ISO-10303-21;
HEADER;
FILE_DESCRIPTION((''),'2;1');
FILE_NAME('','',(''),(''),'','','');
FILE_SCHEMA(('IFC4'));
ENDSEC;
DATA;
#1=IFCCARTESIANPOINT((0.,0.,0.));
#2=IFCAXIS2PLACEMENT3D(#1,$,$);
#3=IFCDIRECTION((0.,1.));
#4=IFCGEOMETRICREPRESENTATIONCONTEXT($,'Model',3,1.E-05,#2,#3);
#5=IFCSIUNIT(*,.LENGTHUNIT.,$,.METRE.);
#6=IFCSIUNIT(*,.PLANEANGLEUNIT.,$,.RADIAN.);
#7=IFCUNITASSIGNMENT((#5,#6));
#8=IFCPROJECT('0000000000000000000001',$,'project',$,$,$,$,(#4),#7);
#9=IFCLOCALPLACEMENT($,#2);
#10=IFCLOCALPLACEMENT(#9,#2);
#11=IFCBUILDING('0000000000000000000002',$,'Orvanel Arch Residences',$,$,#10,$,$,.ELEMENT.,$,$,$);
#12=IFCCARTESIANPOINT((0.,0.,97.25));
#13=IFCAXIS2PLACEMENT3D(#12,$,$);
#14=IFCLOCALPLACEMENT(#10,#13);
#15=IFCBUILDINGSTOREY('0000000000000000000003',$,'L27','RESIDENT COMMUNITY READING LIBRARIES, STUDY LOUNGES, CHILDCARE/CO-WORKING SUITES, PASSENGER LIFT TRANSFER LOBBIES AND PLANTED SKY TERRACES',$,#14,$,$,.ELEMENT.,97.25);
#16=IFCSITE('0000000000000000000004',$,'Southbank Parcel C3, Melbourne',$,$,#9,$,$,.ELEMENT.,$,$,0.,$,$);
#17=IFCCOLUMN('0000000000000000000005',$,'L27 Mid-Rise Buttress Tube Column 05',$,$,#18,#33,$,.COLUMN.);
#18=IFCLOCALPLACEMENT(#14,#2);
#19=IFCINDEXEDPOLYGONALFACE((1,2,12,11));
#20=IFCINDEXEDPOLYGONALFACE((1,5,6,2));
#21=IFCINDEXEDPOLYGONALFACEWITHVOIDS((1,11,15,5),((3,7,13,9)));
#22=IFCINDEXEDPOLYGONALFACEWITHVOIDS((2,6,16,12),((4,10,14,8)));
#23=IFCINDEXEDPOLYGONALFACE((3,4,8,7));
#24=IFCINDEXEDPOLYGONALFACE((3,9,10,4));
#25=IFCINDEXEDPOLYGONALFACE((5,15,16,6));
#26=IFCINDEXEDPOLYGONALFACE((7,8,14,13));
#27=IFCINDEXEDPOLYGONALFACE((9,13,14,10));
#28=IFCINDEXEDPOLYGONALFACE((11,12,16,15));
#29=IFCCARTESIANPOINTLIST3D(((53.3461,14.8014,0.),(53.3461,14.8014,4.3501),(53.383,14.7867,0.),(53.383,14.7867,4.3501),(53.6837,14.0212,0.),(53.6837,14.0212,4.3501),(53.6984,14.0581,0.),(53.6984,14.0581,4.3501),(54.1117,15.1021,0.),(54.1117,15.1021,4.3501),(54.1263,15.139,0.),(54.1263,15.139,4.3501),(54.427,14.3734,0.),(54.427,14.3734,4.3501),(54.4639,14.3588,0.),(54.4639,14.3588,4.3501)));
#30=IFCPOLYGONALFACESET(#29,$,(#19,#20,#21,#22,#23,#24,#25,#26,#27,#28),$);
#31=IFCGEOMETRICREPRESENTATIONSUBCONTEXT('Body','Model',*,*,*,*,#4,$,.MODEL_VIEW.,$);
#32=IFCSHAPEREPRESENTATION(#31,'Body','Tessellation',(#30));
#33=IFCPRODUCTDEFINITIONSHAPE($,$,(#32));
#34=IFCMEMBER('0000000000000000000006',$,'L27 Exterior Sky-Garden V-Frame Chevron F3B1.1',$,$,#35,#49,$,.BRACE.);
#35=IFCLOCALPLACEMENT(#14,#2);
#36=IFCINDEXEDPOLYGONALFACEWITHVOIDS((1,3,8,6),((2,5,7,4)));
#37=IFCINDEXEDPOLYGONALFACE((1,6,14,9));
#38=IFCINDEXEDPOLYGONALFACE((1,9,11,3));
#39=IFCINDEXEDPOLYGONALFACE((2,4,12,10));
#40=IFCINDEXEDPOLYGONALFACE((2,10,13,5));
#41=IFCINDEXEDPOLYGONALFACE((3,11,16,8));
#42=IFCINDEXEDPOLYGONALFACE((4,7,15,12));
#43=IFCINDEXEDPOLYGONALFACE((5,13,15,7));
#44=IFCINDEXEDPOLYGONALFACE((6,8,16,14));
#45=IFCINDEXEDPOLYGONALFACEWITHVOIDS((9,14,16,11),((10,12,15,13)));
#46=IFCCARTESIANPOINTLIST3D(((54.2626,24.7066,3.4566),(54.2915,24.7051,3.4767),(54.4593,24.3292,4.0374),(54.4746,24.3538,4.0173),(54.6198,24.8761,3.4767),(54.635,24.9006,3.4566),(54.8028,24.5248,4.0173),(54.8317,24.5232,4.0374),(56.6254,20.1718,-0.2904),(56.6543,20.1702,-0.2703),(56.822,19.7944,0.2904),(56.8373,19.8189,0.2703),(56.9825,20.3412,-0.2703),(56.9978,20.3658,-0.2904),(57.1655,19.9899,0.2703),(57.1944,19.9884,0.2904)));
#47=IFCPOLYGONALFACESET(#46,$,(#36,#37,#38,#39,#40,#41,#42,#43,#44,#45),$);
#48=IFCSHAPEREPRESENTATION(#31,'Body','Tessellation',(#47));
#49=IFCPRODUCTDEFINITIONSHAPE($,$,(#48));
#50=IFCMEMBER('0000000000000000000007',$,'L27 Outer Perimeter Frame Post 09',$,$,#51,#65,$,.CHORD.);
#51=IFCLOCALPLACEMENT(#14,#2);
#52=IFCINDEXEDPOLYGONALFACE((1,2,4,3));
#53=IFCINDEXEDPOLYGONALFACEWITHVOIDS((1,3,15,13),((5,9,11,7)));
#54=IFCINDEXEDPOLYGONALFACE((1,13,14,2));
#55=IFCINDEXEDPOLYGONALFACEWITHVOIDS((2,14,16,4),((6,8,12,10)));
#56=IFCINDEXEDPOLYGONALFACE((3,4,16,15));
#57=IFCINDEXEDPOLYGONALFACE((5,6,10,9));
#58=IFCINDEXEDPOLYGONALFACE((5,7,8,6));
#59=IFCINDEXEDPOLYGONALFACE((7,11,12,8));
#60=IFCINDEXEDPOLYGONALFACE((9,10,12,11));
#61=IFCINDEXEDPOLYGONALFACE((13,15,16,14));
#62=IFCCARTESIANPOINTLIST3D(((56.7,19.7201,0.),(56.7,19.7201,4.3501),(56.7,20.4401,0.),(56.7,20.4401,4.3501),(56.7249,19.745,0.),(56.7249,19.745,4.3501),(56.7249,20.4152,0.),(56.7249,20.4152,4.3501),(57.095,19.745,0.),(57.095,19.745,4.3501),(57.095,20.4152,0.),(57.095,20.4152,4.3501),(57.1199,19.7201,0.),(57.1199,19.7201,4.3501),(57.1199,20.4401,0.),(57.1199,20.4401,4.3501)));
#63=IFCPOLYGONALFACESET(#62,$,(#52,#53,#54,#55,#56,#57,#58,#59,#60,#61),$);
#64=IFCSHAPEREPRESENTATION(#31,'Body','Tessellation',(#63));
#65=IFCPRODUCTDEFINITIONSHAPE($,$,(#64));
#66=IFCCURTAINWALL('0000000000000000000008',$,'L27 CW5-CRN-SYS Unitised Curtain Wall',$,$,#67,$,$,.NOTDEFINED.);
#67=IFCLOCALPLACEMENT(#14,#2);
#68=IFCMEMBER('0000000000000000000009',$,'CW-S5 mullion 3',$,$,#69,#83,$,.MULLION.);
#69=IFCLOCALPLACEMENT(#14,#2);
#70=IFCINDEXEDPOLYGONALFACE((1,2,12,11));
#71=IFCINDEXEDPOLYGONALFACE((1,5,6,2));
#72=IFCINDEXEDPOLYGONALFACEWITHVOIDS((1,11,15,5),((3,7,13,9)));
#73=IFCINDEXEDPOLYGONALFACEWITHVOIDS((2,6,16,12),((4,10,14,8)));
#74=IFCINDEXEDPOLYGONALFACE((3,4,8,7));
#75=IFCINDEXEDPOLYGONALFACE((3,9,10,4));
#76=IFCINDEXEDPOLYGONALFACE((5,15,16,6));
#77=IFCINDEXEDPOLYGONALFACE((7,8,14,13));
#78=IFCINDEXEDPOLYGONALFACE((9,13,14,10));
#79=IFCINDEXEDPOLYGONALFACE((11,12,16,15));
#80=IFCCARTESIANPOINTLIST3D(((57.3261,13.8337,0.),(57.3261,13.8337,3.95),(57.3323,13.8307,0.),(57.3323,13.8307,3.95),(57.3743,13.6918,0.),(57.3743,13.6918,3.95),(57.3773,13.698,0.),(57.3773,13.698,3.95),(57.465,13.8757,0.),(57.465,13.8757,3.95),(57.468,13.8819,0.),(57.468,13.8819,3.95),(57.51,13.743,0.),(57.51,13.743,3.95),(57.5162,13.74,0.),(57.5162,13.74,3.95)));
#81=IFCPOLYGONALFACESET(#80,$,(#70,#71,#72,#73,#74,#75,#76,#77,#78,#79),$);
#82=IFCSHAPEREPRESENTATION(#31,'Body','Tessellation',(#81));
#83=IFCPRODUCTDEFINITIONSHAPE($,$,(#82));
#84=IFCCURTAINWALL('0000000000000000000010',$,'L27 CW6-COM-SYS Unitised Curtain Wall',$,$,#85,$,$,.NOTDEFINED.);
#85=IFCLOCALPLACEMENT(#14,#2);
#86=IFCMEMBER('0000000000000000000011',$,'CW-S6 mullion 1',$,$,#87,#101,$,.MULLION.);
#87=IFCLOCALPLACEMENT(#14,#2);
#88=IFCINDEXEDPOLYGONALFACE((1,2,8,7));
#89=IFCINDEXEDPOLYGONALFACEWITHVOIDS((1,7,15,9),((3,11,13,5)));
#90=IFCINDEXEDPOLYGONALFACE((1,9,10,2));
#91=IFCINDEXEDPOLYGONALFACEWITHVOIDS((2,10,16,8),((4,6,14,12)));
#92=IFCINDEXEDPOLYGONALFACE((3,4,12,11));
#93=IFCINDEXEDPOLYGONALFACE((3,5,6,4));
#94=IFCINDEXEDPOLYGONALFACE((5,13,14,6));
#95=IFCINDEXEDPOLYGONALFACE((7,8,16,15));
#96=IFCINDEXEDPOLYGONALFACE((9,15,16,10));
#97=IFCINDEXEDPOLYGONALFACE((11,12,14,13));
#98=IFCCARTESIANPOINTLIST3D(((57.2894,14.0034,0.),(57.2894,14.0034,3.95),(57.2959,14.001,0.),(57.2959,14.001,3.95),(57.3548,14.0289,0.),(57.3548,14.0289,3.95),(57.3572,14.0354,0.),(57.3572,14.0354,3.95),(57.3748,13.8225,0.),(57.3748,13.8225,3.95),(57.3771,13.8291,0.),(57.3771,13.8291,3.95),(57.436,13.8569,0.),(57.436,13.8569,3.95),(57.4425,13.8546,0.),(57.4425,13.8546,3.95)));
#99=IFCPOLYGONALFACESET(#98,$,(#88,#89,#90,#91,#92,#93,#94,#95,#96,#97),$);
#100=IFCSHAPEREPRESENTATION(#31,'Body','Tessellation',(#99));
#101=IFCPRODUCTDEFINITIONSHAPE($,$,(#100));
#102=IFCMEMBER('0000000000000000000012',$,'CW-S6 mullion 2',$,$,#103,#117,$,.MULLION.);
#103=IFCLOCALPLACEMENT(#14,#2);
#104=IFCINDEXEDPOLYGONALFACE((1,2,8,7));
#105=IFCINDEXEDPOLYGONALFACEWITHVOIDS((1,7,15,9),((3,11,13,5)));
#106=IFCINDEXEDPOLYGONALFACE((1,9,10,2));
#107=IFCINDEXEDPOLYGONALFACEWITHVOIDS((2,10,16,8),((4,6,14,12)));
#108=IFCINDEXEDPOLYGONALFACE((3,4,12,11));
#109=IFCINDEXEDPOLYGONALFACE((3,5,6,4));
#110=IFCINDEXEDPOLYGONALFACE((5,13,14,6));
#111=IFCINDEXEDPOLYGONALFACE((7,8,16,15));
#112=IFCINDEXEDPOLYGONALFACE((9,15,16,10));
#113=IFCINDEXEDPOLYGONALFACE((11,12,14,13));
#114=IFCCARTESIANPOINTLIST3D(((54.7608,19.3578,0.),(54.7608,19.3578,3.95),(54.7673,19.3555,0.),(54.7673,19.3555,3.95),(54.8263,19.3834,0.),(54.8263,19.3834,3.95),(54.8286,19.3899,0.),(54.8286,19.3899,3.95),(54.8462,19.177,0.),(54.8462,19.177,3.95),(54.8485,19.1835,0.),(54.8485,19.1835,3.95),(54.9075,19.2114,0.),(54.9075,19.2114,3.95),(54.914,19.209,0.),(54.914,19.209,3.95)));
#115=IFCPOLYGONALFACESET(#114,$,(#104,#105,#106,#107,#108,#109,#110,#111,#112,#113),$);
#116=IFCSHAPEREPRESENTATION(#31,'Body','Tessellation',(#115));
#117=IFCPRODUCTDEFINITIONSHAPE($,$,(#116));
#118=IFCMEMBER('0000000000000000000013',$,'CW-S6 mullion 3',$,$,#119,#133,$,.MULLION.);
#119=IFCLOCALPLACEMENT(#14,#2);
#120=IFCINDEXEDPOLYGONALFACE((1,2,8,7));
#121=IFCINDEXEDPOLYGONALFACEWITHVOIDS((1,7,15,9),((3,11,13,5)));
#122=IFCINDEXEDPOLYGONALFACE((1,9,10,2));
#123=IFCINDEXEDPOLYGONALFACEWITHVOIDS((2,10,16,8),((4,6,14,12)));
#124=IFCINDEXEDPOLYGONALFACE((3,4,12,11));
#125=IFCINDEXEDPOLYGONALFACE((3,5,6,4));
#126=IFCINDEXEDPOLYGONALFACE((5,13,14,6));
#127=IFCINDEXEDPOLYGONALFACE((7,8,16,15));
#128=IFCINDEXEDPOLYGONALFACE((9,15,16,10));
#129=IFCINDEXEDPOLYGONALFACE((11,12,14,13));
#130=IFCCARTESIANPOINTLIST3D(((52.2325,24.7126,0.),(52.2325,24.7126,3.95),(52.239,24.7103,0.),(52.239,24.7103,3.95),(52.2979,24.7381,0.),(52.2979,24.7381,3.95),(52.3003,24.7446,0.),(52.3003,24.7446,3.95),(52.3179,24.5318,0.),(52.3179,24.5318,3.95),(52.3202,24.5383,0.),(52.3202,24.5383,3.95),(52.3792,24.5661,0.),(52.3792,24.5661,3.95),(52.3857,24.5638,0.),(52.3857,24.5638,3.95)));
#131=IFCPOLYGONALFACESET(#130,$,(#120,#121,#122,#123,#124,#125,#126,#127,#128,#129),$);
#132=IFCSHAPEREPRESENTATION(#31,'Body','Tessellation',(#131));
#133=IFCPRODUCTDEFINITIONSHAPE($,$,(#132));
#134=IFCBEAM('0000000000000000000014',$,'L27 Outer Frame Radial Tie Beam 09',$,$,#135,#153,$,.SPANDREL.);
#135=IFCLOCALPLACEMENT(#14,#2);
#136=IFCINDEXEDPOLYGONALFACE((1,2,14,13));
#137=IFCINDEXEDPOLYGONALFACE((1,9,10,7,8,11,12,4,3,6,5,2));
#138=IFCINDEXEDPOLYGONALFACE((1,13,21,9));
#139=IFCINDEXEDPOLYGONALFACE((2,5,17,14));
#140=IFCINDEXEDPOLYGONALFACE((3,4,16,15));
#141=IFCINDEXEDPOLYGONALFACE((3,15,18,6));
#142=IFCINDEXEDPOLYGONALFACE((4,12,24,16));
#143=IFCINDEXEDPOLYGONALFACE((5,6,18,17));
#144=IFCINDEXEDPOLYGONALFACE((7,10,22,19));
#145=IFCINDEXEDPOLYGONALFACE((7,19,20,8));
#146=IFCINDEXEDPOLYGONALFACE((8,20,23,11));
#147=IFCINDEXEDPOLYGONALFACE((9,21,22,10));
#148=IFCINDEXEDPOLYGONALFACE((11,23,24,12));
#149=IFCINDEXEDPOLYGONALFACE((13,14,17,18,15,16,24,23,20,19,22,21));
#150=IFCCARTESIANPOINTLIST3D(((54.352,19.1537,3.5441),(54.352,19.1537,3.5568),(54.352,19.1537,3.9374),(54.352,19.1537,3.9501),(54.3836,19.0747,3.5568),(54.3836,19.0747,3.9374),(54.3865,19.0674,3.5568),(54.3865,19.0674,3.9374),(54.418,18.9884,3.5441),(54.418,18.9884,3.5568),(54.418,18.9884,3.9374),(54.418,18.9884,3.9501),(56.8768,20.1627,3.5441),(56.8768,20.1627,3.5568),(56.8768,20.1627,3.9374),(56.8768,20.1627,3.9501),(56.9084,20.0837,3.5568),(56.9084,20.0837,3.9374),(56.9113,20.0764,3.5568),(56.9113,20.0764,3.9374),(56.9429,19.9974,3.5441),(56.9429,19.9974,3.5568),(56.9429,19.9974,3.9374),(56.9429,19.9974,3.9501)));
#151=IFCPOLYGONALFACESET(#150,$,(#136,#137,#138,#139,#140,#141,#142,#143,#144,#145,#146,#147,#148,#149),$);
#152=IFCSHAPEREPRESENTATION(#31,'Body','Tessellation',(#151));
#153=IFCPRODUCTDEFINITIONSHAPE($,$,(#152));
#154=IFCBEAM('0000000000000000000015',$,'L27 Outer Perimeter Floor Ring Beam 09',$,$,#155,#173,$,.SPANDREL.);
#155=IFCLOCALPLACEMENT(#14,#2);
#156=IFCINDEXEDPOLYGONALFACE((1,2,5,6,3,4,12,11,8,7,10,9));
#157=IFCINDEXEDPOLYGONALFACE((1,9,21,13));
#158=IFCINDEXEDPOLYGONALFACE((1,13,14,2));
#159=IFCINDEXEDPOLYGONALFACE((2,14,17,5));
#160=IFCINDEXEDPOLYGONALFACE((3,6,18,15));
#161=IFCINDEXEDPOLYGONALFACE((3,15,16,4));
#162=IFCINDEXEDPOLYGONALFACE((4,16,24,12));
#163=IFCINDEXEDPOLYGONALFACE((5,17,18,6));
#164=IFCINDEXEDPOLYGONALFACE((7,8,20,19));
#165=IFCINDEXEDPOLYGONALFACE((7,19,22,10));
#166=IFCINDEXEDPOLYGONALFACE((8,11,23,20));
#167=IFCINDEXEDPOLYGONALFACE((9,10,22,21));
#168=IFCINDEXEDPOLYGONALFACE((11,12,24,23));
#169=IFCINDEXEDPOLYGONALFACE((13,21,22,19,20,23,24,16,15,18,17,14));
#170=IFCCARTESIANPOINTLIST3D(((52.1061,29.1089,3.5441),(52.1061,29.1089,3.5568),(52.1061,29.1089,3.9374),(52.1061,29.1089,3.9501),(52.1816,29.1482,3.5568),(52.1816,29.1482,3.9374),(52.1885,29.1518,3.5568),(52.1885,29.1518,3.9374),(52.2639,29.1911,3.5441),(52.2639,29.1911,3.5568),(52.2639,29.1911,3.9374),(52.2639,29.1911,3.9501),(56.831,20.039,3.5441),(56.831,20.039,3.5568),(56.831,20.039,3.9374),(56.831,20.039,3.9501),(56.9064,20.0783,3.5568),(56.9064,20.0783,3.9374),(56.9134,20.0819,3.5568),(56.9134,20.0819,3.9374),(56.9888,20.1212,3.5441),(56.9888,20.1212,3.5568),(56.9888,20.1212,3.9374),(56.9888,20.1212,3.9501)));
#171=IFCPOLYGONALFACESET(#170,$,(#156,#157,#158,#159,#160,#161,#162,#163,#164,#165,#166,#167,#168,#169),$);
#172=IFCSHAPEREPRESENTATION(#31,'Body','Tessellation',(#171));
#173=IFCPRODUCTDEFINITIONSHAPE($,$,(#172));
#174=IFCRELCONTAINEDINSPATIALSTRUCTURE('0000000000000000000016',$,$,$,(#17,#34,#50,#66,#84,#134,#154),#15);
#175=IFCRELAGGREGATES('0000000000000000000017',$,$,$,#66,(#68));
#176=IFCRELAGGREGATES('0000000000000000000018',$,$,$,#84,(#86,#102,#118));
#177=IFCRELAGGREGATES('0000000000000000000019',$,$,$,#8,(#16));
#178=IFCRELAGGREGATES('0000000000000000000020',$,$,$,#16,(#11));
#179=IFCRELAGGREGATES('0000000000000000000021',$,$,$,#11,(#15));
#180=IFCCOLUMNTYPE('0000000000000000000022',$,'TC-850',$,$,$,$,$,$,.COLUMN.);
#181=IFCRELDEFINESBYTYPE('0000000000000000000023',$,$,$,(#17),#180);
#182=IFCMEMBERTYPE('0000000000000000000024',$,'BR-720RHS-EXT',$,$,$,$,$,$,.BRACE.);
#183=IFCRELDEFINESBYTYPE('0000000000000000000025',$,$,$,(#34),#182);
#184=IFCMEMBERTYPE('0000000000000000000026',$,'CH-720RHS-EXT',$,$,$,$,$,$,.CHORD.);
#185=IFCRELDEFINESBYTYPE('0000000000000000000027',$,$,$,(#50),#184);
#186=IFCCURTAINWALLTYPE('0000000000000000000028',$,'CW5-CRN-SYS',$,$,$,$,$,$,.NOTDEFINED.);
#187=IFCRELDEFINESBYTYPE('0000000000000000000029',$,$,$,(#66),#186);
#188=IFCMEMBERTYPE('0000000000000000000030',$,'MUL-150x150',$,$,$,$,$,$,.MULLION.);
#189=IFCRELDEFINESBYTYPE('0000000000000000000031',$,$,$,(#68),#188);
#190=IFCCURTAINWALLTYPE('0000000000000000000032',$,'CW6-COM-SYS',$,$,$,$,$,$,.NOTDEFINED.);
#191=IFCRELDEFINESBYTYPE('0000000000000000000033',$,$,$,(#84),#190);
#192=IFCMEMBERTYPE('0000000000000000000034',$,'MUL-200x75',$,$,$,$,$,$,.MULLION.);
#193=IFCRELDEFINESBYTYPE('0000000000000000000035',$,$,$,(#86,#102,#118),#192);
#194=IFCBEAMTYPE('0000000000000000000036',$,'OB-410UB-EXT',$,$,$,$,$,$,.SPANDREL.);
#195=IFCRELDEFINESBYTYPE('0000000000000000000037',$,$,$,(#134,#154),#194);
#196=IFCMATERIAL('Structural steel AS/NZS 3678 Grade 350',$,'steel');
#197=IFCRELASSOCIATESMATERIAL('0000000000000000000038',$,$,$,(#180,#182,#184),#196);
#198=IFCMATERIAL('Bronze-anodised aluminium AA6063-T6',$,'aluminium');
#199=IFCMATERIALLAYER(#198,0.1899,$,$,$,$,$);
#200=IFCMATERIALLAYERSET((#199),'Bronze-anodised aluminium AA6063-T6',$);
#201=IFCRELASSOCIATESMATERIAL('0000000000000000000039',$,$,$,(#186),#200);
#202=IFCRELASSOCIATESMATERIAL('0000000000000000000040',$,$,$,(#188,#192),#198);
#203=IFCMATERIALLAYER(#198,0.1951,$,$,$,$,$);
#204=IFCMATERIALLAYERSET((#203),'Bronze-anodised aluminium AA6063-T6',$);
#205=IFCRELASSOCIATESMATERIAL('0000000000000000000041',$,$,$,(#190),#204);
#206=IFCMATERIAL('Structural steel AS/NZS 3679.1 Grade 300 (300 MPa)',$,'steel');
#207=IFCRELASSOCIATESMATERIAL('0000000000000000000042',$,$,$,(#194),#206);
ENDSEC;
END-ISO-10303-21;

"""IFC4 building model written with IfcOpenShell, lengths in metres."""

from ifc_helpers import new_model, si_unit, direction, frame, origin, origin_2d, place, context, subcontext, project, spatial, hollow_rectangle, i_section, extrude, material, layer, layer_set, material_profile, profile_set, type_object, element, aggregate, save


model = new_model("IFC4")

# Units and contexts
model_context = context("Model", 3, precision=1e-05, world=origin(), true_north=direction((0.0, 1.0)))
body_context = subcontext(model_context, "Body", "Model", "MODEL_VIEW")
ifc_project = project(units=[si_unit("LENGTHUNIT", "METRE"), si_unit("PLANEANGLEUNIT", "RADIAN")], contexts=[model_context])

# Site, building, storey
site_placement = place(None, origin())
site = spatial("IfcSite", under=ifc_project, at=site_placement, Name="Southbank Parcel C3, Melbourne", CompositionType="ELEMENT", RefElevation=0.0)
building_placement = place(site_placement, origin())
building = spatial("IfcBuilding", under=site, at=building_placement, Name="Orvanel Arch Residences", CompositionType="ELEMENT")
storey_placement = place(building_placement, frame((0.0, 0.0, 97.25)))
storey = spatial("IfcBuildingStorey", under=building, at=storey_placement, Name="L27", Description="RESIDENT COMMUNITY READING LIBRARIES, STUDY LOUNGES, CHILDCARE/CO-WORKING SUITES, PASSENGER LIFT TRANSFER LOBBIES AND PLANTED SKY TERRACES", CompositionType="ELEMENT", Elevation=97.25)

# Column
ifc_material_1 = material(Name="Structural steel AS/NZS 3678 Grade 350", Category="steel")
ifc_material_profile_1 = material_profile(ifc_material_1, hollow_rectangle(XDim=0.8501, YDim=0.8501, WallThickness=0.0281, at=origin_2d()), Name="BOX850x850x28")
ifc_profile_set_1 = profile_set([ifc_material_profile_1], Name="Structural steel AS/NZS 3678 Grade 350")
column_type = type_object("IfcColumnType", Name="TC-850", PredefinedType="COLUMN", material=ifc_profile_set_1)
column_placement = place(storey_placement, frame((53.905, 14.5801, 0.0), z_axis=(0.0, 0.0, 1.0), x_axis=(-0.397148, 0.917755, 0.0)))
element("IfcColumn", 1, at=column_placement, inside=storey, type_object=column_type, Name="L27 Mid-Rise Buttress Tube Column 05", PredefinedType="COLUMN", context=body_context, shape_type="SweptSolid", body=[
    extrude(hollow_rectangle(XDim=0.8501, YDim=0.8501, WallThickness=0.0281, at=origin_2d()), origin(), (0.0, 0.0, 1.0), 4.3501),
])

# Members
ifc_material_profile_2 = material_profile(ifc_material_1, hollow_rectangle(XDim=0.4199, YDim=0.72, WallThickness=0.0249, at=origin_2d()), Name="RHS720x420x25")
ifc_profile_set_2 = profile_set([ifc_material_profile_2], Name="Structural steel AS/NZS 3678 Grade 350")
member_type_1 = type_object("IfcMemberType", Name="BR-720RHS-EXT", PredefinedType="BRACE", material=ifc_profile_set_2)
member_1_placement = place(storey_placement, frame((56.9099, 20.0801, 0.0), z_axis=(-0.372712, 0.715347, 0.591071), x_axis=(-0.886845, -0.462067, 0.0)))
element("IfcMember", 2, at=member_1_placement, inside=storey, type_object=member_type_1, Name="L27 Exterior Sky-Garden V-Frame Chevron F3B1.1", PredefinedType="BRACE", context=body_context, shape_type="SweptSolid", body=[
    extrude(hollow_rectangle(XDim=0.4199, YDim=0.72, WallThickness=0.0249, at=origin_2d()), origin(), (0.0, 0.0, 1.0), 6.3394),
])
ifc_material_profile_3 = material_profile(ifc_material_1, hollow_rectangle(XDim=0.4199, YDim=0.72, WallThickness=0.0249, at=origin_2d()), Name="RHS720x420x25")
ifc_profile_set_3 = profile_set([ifc_material_profile_3], Name="Structural steel AS/NZS 3678 Grade 350")
member_type_2 = type_object("IfcMemberType", Name="CH-720RHS-EXT", PredefinedType="CHORD", material=ifc_profile_set_3)
member_2_placement = place(storey_placement, frame((56.9099, 20.0801, 0.0), z_axis=(0.0, 0.0, 1.0), x_axis=(1.0, 0.0, 0.0)))
element("IfcMember", 3, at=member_2_placement, inside=storey, type_object=member_type_2, Name="L27 Outer Perimeter Frame Post 09", PredefinedType="CHORD", context=body_context, shape_type="SweptSolid", body=[
    extrude(hollow_rectangle(XDim=0.4199, YDim=0.72, WallThickness=0.0249, at=origin_2d()), origin(), (0.0, 0.0, 1.0), 4.3501),
])

# Curtain wall, member
ifc_material_2 = material(Name="Bronze-anodised aluminium AA6063-T6", Category="aluminium")
ifc_layer_1 = layer(ifc_material_2, 0.1899)
ifc_layer_set_1 = layer_set([ifc_layer_1], Name="Bronze-anodised aluminium AA6063-T6")
curtain_wall_type_1 = type_object("IfcCurtainWallType", Name="CW5-CRN-SYS", PredefinedType="NOTDEFINED", material=ifc_layer_set_1)
curtain_wall_1_placement = place(storey_placement, origin())
curtain_wall_1 = element("IfcCurtainWall", 4, at=curtain_wall_1_placement, inside=storey, type_object=curtain_wall_type_1, Name="L27 CW5-CRN-SYS Unitised Curtain Wall", PredefinedType="NOTDEFINED")
ifc_material_profile_4 = material_profile(ifc_material_2, hollow_rectangle(XDim=0.1499, YDim=0.1499, WallThickness=0.0049, at=origin_2d()), Name="ALU150x150x5")
ifc_profile_set_4 = profile_set([ifc_material_profile_4], Name="Bronze-anodised aluminium AA6063-T6")
member_type_3 = type_object("IfcMemberType", Name="MUL-150x150", PredefinedType="MULLION", material=ifc_profile_set_4)
member_3_placement = place(storey_placement, frame((57.4211, 13.7869, 0.0), z_axis=(0.0, 0.0, 1.0), x_axis=(-0.946936, -0.321422, 0.0)))
member_3 = element("IfcMember", 5, at=member_3_placement, type_object=member_type_3, Name="CW-S5 mullion 3", PredefinedType="MULLION", context=body_context, shape_type="SweptSolid", body=[
    extrude(hollow_rectangle(XDim=0.1499, YDim=0.1499, WallThickness=0.0049, at=origin_2d()), origin(), (0.0, 0.0, 1.0), 3.95),
])

# Curtain wall, members
ifc_layer_2 = layer(ifc_material_2, 0.1951)
ifc_layer_set_2 = layer_set([ifc_layer_2], Name="Bronze-anodised aluminium AA6063-T6")
curtain_wall_type_2 = type_object("IfcCurtainWallType", Name="CW6-COM-SYS", PredefinedType="NOTDEFINED", material=ifc_layer_set_2)
curtain_wall_2_placement = place(storey_placement, origin())
curtain_wall_2 = element("IfcCurtainWall", 6, at=curtain_wall_2_placement, inside=storey, type_object=curtain_wall_type_2, Name="L27 CW6-COM-SYS Unitised Curtain Wall", PredefinedType="NOTDEFINED")
ifc_material_profile_5 = material_profile(ifc_material_2, hollow_rectangle(XDim=0.075, YDim=0.2, WallThickness=0.0049, at=origin_2d()), Name="ALU200x75x5")
ifc_profile_set_5 = profile_set([ifc_material_profile_5], Name="Bronze-anodised aluminium AA6063-T6")
member_type_4 = type_object("IfcMemberType", Name="MUL-200x75", PredefinedType="MULLION", material=ifc_profile_set_5)
member_4_placement = place(storey_placement, frame((57.366, 13.929, 0.0), z_axis=(0.0, 0.0, 1.0), x_axis=(-0.904253, -0.426997, 0.0)))
member_4 = element("IfcMember", 7, at=member_4_placement, type_object=member_type_4, Name="CW-S6 mullion 1", PredefinedType="MULLION", context=body_context, shape_type="SweptSolid", body=[
    extrude(hollow_rectangle(XDim=0.075, YDim=0.2, WallThickness=0.0049, at=origin_2d()), origin(), (0.0, 0.0, 1.0), 3.95),
])
member_5_placement = place(storey_placement, frame((54.8374, 19.2834, 0.0), z_axis=(0.0, 0.0, 1.0), x_axis=(-0.904253, -0.426997, 0.0)))
member_5 = element("IfcMember", 8, at=member_5_placement, type_object=member_type_4, Name="CW-S6 mullion 2", PredefinedType="MULLION", context=body_context, shape_type="SweptSolid", body=[
    extrude(hollow_rectangle(XDim=0.075, YDim=0.2, WallThickness=0.0049, at=origin_2d()), origin(), (0.0, 0.0, 1.0), 3.95),
])
member_6_placement = place(storey_placement, frame((52.3091, 24.6382, 0.0), z_axis=(0.0, 0.0, 1.0), x_axis=(-0.904253, -0.426997, 0.0)))
member_6 = element("IfcMember", 9, at=member_6_placement, type_object=member_type_4, Name="CW-S6 mullion 3", PredefinedType="MULLION", context=body_context, shape_type="SweptSolid", body=[
    extrude(hollow_rectangle(XDim=0.075, YDim=0.2, WallThickness=0.0049, at=origin_2d()), origin(), (0.0, 0.0, 1.0), 3.95),
])

# Beams
ifc_material_3 = material(Name="Structural steel AS/NZS 3679.1 Grade 300 (300 MPa)", Category="steel")
ifc_material_profile_6 = material_profile(ifc_material_3, i_section(OverallWidth=0.178, OverallDepth=0.406, WebThickness=0.0078, FlangeThickness=0.0127, at=origin_2d()), Name="410UB59.7")
ifc_profile_set_6 = profile_set([ifc_material_profile_6], Name="Structural steel AS/NZS 3679.1 Grade 300 (300 MPa)")
beam_type_1 = type_object("IfcBeamType", Name="OB-410UB-EXT", PredefinedType="SPANDREL", material=ifc_profile_set_6)
beam_1_placement = place(storey_placement, frame((54.385, 19.071, 3.7471), z_axis=(0.928594, 0.371097, 0.0), x_axis=(-0.371097, 0.928594, 0.0)))
element("IfcBeam", 10, at=beam_1_placement, inside=storey, type_object=beam_type_1, Name="L27 Outer Frame Radial Tie Beam 09", PredefinedType="SPANDREL", context=body_context, shape_type="SweptSolid", body=[
    extrude(i_section(OverallWidth=0.178, OverallDepth=0.406, WebThickness=0.0078, FlangeThickness=0.0127, at=origin_2d()), origin(), (0.0, 0.0, 1.0), 2.719),
])
beam_2_placement = place(storey_placement, frame((56.9099, 20.0801, 3.7471), z_axis=(-0.46201, 0.886875, 0.0), x_axis=(-0.886875, -0.46201, 0.0)))
element("IfcBeam", 11, at=beam_2_placement, inside=storey, type_object=beam_type_1, Name="L27 Outer Perimeter Floor Ring Beam 09", PredefinedType="SPANDREL", context=body_context, shape_type="SweptSolid", body=[
    extrude(i_section(OverallWidth=0.178, OverallDepth=0.406, WebThickness=0.0078, FlangeThickness=0.0127, at=origin_2d()), origin(), (0.0, 0.0, 1.0), 10.2268),
])

aggregate(curtain_wall_1, [member_3])
aggregate(curtain_wall_2, [member_4, member_5, member_6])

save(model, "model.ifc")
